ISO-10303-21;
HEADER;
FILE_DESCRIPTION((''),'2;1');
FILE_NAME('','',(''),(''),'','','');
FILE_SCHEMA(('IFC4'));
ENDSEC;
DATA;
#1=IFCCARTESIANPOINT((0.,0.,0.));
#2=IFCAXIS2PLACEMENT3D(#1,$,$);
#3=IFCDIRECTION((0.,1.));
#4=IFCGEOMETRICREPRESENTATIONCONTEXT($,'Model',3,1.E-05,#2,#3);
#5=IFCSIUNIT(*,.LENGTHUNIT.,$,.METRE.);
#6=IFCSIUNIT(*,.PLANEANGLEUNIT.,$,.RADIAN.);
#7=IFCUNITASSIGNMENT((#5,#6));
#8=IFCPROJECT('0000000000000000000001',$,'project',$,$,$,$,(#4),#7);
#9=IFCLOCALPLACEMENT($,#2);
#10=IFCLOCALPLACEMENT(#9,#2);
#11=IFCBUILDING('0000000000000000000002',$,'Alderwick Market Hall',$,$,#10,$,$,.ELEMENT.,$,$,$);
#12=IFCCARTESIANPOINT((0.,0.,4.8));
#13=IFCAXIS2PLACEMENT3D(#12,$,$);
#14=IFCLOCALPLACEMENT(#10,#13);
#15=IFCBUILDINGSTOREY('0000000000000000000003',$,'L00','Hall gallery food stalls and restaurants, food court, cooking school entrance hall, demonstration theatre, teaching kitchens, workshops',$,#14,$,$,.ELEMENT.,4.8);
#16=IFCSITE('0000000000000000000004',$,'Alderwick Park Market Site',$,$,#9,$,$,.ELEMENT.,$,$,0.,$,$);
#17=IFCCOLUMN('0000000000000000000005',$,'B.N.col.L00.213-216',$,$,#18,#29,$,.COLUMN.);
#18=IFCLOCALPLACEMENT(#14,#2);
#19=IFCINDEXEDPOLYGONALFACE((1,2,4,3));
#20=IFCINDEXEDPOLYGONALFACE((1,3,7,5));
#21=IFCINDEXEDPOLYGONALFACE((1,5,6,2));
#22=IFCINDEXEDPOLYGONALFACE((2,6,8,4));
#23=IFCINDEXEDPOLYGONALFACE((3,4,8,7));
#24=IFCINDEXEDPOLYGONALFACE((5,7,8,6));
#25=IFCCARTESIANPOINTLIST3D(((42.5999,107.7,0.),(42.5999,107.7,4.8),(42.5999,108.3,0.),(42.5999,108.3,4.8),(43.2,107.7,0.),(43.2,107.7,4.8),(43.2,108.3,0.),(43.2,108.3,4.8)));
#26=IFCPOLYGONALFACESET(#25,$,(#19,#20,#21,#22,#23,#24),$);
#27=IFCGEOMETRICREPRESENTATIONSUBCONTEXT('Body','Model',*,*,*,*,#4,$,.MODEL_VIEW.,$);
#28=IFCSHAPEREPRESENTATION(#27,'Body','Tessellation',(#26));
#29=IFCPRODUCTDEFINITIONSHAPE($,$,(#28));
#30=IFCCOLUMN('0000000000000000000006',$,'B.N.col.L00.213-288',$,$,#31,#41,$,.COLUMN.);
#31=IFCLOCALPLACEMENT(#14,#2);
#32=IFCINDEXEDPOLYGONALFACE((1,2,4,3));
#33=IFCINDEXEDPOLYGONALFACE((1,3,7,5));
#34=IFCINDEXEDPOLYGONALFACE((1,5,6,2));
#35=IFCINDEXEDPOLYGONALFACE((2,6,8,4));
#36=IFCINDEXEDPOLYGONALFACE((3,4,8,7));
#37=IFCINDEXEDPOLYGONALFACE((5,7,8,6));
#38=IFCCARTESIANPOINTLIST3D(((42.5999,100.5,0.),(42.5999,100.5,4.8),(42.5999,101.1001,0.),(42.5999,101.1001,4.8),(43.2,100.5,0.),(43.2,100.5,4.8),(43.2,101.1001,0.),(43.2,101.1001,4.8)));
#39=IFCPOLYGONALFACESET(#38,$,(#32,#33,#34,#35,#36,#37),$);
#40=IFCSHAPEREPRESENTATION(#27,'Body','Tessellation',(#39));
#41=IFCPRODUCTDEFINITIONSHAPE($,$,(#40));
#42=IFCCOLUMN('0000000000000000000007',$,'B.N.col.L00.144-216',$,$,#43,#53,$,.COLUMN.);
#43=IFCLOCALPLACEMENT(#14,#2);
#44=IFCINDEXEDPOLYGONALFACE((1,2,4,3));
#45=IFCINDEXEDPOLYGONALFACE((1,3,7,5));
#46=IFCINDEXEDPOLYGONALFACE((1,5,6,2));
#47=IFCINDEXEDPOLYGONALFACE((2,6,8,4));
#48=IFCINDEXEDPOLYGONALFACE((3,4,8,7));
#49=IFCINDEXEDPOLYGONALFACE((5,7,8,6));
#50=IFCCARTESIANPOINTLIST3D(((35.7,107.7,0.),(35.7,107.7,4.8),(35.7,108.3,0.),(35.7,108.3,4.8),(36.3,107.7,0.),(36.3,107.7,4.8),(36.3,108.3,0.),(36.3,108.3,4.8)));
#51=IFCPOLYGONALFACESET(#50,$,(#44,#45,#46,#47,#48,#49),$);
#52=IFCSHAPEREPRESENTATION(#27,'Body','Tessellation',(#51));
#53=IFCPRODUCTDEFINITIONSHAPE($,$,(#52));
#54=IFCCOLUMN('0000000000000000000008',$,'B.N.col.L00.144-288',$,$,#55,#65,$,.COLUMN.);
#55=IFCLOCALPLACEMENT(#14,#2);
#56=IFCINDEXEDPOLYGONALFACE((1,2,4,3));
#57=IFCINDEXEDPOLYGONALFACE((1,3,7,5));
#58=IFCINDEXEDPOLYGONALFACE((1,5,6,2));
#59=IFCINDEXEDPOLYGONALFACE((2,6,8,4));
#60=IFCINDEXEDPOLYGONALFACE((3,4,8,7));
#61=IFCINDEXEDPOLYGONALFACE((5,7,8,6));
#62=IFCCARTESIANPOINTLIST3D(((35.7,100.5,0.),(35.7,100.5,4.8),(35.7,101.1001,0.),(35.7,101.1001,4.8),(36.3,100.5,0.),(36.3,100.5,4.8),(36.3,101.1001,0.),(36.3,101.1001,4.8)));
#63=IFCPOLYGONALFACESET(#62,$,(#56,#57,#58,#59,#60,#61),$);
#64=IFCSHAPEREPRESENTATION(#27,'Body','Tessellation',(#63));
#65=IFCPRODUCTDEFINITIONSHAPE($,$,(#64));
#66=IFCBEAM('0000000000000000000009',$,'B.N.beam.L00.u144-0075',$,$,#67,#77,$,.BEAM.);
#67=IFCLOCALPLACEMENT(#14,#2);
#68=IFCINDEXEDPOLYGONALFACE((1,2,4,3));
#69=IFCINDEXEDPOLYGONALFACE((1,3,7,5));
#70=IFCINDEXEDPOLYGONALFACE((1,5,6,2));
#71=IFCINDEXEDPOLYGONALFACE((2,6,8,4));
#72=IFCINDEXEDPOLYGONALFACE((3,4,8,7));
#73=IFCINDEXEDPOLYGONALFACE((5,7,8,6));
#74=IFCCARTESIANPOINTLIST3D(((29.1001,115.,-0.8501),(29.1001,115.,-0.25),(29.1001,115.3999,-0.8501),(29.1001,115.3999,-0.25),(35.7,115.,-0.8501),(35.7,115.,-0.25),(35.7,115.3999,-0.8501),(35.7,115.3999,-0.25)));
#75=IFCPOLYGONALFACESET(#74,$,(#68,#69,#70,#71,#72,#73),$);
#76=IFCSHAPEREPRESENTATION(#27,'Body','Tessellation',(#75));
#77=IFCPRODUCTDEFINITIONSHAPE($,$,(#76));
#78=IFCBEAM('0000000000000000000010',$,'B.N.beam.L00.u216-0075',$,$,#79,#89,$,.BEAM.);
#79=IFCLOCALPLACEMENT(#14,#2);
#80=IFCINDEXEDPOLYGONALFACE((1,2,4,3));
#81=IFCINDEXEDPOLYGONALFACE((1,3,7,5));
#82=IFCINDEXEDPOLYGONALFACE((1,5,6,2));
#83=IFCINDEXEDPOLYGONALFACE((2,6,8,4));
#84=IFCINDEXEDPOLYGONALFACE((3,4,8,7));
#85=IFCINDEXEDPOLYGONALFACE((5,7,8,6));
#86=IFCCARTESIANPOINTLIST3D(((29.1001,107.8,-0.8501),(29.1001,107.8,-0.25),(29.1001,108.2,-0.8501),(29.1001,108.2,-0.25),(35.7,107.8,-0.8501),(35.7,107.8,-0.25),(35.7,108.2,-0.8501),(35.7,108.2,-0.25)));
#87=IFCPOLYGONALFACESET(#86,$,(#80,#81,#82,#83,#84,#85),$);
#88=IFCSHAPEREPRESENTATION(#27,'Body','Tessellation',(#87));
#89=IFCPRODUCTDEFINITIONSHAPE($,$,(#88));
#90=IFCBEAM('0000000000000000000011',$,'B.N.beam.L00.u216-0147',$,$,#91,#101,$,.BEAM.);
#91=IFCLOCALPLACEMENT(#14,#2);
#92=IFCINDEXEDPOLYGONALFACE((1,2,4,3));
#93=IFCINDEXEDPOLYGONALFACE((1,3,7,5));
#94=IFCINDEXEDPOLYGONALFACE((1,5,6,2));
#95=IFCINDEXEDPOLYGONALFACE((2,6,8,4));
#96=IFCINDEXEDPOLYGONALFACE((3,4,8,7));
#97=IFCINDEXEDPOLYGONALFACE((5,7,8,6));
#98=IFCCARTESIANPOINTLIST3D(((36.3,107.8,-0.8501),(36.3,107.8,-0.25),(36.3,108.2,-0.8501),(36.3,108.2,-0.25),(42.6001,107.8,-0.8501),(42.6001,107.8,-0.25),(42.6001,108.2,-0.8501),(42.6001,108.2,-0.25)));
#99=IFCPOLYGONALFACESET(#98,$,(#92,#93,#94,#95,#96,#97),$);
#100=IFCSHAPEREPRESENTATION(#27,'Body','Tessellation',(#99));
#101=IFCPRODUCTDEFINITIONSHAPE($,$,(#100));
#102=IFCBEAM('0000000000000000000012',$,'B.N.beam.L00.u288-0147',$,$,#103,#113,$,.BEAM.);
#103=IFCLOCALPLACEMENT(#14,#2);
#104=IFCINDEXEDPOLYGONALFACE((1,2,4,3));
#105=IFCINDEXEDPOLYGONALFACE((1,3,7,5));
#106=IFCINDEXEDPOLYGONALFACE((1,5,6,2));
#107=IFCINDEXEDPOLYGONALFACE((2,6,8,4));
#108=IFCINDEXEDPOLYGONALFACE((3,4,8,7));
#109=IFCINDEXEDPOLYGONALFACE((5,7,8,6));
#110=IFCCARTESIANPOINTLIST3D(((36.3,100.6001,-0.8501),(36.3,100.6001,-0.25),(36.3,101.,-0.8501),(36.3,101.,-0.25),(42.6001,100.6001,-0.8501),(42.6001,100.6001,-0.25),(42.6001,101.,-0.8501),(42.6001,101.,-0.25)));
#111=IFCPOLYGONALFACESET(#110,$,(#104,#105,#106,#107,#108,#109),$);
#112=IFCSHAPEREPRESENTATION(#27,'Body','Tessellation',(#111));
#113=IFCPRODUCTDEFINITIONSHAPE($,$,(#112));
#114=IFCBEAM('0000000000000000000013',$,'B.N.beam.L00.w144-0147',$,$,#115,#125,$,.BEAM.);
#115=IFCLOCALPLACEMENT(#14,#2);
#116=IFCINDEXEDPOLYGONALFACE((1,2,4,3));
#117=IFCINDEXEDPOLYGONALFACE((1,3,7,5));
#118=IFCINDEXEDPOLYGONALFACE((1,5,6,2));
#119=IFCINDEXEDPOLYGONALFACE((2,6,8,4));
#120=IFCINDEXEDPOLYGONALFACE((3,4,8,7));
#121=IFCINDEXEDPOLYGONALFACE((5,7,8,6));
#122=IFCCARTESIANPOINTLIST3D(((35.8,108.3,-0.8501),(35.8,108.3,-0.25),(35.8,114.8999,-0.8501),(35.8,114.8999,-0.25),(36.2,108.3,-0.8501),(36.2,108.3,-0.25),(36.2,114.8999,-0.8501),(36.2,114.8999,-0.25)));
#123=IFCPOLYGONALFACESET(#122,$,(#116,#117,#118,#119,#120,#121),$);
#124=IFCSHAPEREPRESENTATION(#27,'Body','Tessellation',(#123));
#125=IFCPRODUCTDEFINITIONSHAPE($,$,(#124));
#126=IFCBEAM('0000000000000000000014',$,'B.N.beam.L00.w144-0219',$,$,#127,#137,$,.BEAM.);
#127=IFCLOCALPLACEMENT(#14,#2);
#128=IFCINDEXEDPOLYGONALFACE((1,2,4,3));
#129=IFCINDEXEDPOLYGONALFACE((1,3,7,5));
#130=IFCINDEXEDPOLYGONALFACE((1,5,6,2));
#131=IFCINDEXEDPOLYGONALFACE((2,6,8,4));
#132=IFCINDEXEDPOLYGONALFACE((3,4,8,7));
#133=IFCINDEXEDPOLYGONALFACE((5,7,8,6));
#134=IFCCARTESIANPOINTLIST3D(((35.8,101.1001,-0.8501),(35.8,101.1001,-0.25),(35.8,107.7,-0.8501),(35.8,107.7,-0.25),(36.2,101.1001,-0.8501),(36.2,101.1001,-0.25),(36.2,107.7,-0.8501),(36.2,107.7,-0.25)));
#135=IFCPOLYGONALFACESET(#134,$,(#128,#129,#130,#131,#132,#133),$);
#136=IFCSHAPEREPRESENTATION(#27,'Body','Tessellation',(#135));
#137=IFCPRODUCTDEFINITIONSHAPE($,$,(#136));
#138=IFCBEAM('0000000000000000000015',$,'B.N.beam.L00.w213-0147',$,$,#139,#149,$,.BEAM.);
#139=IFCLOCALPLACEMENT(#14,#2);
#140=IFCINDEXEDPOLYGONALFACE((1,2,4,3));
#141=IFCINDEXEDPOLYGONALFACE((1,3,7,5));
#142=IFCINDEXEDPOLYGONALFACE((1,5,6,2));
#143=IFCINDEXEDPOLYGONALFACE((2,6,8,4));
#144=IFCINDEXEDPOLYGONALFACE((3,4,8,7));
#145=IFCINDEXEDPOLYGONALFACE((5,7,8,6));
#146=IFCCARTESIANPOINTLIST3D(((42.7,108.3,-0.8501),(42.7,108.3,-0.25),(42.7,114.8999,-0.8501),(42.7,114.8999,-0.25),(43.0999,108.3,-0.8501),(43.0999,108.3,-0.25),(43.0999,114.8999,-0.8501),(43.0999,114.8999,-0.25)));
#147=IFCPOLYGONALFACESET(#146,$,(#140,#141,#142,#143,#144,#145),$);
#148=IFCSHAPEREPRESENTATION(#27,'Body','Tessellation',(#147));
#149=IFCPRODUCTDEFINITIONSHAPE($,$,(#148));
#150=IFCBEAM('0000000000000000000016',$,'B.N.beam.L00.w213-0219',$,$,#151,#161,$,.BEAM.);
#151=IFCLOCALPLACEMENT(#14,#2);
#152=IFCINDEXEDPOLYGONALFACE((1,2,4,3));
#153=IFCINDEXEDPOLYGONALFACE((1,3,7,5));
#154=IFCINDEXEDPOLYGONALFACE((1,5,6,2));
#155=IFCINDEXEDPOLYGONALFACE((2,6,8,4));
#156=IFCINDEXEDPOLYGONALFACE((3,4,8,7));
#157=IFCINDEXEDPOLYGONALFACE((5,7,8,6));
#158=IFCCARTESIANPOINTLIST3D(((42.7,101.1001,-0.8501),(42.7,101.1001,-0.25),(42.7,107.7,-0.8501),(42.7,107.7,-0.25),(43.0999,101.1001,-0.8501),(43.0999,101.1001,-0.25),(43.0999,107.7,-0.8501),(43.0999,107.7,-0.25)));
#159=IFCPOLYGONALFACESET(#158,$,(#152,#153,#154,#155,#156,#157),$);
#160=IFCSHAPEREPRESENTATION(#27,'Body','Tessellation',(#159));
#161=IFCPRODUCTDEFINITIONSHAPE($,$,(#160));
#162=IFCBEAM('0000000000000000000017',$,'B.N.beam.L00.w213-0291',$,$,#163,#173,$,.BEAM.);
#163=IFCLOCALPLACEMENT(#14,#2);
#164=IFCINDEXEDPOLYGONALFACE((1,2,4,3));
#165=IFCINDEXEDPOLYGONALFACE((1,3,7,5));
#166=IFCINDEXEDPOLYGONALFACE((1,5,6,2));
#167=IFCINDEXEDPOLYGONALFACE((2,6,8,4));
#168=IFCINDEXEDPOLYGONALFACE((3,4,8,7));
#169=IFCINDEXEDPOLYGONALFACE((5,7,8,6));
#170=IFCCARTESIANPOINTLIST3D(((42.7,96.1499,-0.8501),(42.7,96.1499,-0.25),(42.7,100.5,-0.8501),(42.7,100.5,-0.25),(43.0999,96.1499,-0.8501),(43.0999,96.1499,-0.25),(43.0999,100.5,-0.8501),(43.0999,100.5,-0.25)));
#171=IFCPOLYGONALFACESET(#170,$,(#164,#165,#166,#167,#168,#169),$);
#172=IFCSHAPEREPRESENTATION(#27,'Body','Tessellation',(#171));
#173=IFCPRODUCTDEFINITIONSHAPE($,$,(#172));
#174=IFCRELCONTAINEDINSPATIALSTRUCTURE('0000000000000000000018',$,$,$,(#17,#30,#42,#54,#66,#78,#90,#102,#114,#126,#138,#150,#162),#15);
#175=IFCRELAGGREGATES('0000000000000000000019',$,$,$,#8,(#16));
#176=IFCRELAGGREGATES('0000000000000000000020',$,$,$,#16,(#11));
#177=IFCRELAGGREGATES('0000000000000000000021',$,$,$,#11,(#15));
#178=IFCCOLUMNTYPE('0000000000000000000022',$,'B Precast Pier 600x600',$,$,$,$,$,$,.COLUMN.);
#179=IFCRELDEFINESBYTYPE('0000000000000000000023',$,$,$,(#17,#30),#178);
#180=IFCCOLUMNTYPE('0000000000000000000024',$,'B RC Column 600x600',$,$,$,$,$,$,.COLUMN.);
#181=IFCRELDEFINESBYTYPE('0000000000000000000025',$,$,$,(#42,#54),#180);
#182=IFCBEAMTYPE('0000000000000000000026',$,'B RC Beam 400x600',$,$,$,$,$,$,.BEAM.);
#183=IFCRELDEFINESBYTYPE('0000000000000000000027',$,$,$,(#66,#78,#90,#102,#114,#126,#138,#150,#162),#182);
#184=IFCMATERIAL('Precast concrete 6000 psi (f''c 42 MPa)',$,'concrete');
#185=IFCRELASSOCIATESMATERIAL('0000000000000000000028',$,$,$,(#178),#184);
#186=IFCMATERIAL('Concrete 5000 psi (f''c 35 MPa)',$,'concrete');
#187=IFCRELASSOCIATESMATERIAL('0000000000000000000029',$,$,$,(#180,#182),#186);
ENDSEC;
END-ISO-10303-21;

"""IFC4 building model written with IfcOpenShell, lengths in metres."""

from ifc_helpers import new_model, si_unit, direction, frame, origin, origin_2d, place, context, subcontext, project, spatial, rectangle, extrude, material, material_profile, profile_set, type_object, element, save


model = new_model("IFC4")

# Units and contexts
model_context = context("Model", 3, precision=1e-05, world=origin(), true_north=direction((0.0, 1.0)))
body_context = subcontext(model_context, "Body", "Model", "MODEL_VIEW")
ifc_project = project(units=[si_unit("LENGTHUNIT", "METRE"), si_unit("PLANEANGLEUNIT", "RADIAN")], contexts=[model_context])

# Site, building, storey
site_placement = place(None, origin())
site = spatial("IfcSite", under=ifc_project, at=site_placement, Name="Alderwick Park Market Site", CompositionType="ELEMENT", RefElevation=0.0)
building_placement = place(site_placement, origin())
building = spatial("IfcBuilding", under=site, at=building_placement, Name="Alderwick Market Hall", CompositionType="ELEMENT")
storey_placement = place(building_placement, frame((0.0, 0.0, 4.8)))
storey = spatial("IfcBuildingStorey", under=building, at=storey_placement, Name="L00", Description="Hall gallery food stalls and restaurants, food court, cooking school entrance hall, demonstration theatre, teaching kitchens, workshops", CompositionType="ELEMENT", Elevation=4.8)

# Columns
ifc_material_1 = material(Name="Precast concrete 6000 psi (f'c 42 MPa)", Category="concrete")
ifc_material_profile_1 = material_profile(ifc_material_1, rectangle(XDim=0.6001, YDim=0.6001, at=origin_2d()), Name="B Precast Pier 600x600")
ifc_profile_set_1 = profile_set([ifc_material_profile_1], Name="Precast concrete 6000 psi (f'c 42 MPa)")
column_type_1 = type_object("IfcColumnType", Name="B Precast Pier 600x600", PredefinedType="COLUMN", material=ifc_profile_set_1)
for number, where, z_axis, x_axis, name in (
    (1, (42.8999, 108.0, 0.0), (0.0, 0.0, 1.0), (1.0, 0.0, 0.0), "B.N.col.L00.213-216"),
    (2, (42.8999, 100.8, 0.0), (0.0, 0.0, 1.0), (1.0, 0.0, 0.0), "B.N.col.L00.213-288"),
):
    element("IfcColumn", number, at=place(storey_placement, frame(where, z_axis=z_axis, x_axis=x_axis)), inside=storey, type_object=column_type_1, Name=name, PredefinedType="COLUMN", context=body_context, shape_type="SweptSolid", body=[
        extrude(rectangle(XDim=0.6001, YDim=0.6001, at=origin_2d()), origin(), (0.0, 0.0, 1.0), 4.8),
    ])
ifc_material_2 = material(Name="Concrete 5000 psi (f'c 35 MPa)", Category="concrete")
ifc_material_profile_2 = material_profile(ifc_material_2, rectangle(XDim=0.6001, YDim=0.6001, at=origin_2d()), Name="B RC Column 600x600")
ifc_profile_set_2 = profile_set([ifc_material_profile_2], Name="Concrete 5000 psi (f'c 35 MPa)")
column_type_2 = type_object("IfcColumnType", Name="B RC Column 600x600", PredefinedType="COLUMN", material=ifc_profile_set_2)
for number, where, z_axis, x_axis, name in (
    (3, (36.0, 108.0, 0.0), (0.0, 0.0, 1.0), (1.0, 0.0, 0.0), "B.N.col.L00.144-216"),
    (4, (36.0, 100.8, 0.0), (0.0, 0.0, 1.0), (1.0, 0.0, 0.0), "B.N.col.L00.144-288"),
):
    element("IfcColumn", number, at=place(storey_placement, frame(where, z_axis=z_axis, x_axis=x_axis)), inside=storey, type_object=column_type_2, Name=name, PredefinedType="COLUMN", context=body_context, shape_type="SweptSolid", body=[
        extrude(rectangle(XDim=0.6001, YDim=0.6001, at=origin_2d()), origin(), (0.0, 0.0, 1.0), 4.8),
    ])

# Beams
ifc_material_profile_3 = material_profile(ifc_material_2, rectangle(XDim=0.3999, YDim=0.6001, at=origin_2d()), Name="B RC Beam 400x600")
ifc_profile_set_3 = profile_set([ifc_material_profile_3], Name="Concrete 5000 psi (f'c 35 MPa)")
beam_type = type_object("IfcBeamType", Name="B RC Beam 400x600", PredefinedType="BEAM", material=ifc_profile_set_3)
for number, where, z_axis, x_axis, name in (
    (5, (29.1001, 115.2, -0.55), (1.0, 0.0, 0.0), (0.0, 1.0, 0.0), "B.N.beam.L00.u144-0075"),
    (6, (29.1001, 108.0, -0.55), (1.0, 0.0, 0.0), (0.0, 1.0, 0.0), "B.N.beam.L00.u216-0075"),
):
    element("IfcBeam", number, at=place(storey_placement, frame(where, z_axis=z_axis, x_axis=x_axis)), inside=storey, type_object=beam_type, Name=name, PredefinedType="BEAM", context=body_context, shape_type="SweptSolid", body=[
        extrude(rectangle(XDim=0.3999, YDim=0.6001, at=origin_2d()), origin(), (0.0, 0.0, 1.0), 6.5999),
    ])
for number, where, z_axis, x_axis, name in (
    (7, (36.3, 108.0, -0.55), (1.0, 0.0, 0.0), (0.0, 1.0, 0.0), "B.N.beam.L00.u216-0147"),
    (8, (36.3, 100.8, -0.55), (1.0, 0.0, 0.0), (0.0, 1.0, 0.0), "B.N.beam.L00.u288-0147"),
):
    element("IfcBeam", number, at=place(storey_placement, frame(where, z_axis=z_axis, x_axis=x_axis)), inside=storey, type_object=beam_type, Name=name, PredefinedType="BEAM", context=body_context, shape_type="SweptSolid", body=[
        extrude(rectangle(XDim=0.3999, YDim=0.6001, at=origin_2d()), origin(), (0.0, 0.0, 1.0), 6.3),
    ])
for number, where, z_axis, x_axis, name in (
    (9, (36.0, 114.8999, -0.55), (0.0, -1.0, 0.0), (1.0, 0.0, 0.0), "B.N.beam.L00.w144-0147"),
    (10, (36.0, 107.7, -0.55), (0.0, -1.0, 0.0), (1.0, 0.0, 0.0), "B.N.beam.L00.w144-0219"),
    (11, (42.8999, 114.8999, -0.55), (0.0, -1.0, 0.0), (1.0, 0.0, 0.0), "B.N.beam.L00.w213-0147"),
    (12, (42.8999, 107.7, -0.55), (0.0, -1.0, 0.0), (1.0, 0.0, 0.0), "B.N.beam.L00.w213-0219"),
):
    element("IfcBeam", number, at=place(storey_placement, frame(where, z_axis=z_axis, x_axis=x_axis)), inside=storey, type_object=beam_type, Name=name, PredefinedType="BEAM", context=body_context, shape_type="SweptSolid", body=[
        extrude(rectangle(XDim=0.3999, YDim=0.6001, at=origin_2d()), origin(), (0.0, 0.0, 1.0), 6.5999),
    ])
beam_placement = place(storey_placement, frame((42.8999, 100.5, -0.55), z_axis=(0.0, -1.0, 0.0), x_axis=(1.0, 0.0, 0.0)))
element("IfcBeam", 13, at=beam_placement, inside=storey, type_object=beam_type, Name="B.N.beam.L00.w213-0291", PredefinedType="BEAM", context=body_context, shape_type="SweptSolid", body=[
    extrude(rectangle(XDim=0.3999, YDim=0.6001, at=origin_2d()), origin(), (0.0, 0.0, 1.0), 4.3501),
])

save(model, "model.ifc")
